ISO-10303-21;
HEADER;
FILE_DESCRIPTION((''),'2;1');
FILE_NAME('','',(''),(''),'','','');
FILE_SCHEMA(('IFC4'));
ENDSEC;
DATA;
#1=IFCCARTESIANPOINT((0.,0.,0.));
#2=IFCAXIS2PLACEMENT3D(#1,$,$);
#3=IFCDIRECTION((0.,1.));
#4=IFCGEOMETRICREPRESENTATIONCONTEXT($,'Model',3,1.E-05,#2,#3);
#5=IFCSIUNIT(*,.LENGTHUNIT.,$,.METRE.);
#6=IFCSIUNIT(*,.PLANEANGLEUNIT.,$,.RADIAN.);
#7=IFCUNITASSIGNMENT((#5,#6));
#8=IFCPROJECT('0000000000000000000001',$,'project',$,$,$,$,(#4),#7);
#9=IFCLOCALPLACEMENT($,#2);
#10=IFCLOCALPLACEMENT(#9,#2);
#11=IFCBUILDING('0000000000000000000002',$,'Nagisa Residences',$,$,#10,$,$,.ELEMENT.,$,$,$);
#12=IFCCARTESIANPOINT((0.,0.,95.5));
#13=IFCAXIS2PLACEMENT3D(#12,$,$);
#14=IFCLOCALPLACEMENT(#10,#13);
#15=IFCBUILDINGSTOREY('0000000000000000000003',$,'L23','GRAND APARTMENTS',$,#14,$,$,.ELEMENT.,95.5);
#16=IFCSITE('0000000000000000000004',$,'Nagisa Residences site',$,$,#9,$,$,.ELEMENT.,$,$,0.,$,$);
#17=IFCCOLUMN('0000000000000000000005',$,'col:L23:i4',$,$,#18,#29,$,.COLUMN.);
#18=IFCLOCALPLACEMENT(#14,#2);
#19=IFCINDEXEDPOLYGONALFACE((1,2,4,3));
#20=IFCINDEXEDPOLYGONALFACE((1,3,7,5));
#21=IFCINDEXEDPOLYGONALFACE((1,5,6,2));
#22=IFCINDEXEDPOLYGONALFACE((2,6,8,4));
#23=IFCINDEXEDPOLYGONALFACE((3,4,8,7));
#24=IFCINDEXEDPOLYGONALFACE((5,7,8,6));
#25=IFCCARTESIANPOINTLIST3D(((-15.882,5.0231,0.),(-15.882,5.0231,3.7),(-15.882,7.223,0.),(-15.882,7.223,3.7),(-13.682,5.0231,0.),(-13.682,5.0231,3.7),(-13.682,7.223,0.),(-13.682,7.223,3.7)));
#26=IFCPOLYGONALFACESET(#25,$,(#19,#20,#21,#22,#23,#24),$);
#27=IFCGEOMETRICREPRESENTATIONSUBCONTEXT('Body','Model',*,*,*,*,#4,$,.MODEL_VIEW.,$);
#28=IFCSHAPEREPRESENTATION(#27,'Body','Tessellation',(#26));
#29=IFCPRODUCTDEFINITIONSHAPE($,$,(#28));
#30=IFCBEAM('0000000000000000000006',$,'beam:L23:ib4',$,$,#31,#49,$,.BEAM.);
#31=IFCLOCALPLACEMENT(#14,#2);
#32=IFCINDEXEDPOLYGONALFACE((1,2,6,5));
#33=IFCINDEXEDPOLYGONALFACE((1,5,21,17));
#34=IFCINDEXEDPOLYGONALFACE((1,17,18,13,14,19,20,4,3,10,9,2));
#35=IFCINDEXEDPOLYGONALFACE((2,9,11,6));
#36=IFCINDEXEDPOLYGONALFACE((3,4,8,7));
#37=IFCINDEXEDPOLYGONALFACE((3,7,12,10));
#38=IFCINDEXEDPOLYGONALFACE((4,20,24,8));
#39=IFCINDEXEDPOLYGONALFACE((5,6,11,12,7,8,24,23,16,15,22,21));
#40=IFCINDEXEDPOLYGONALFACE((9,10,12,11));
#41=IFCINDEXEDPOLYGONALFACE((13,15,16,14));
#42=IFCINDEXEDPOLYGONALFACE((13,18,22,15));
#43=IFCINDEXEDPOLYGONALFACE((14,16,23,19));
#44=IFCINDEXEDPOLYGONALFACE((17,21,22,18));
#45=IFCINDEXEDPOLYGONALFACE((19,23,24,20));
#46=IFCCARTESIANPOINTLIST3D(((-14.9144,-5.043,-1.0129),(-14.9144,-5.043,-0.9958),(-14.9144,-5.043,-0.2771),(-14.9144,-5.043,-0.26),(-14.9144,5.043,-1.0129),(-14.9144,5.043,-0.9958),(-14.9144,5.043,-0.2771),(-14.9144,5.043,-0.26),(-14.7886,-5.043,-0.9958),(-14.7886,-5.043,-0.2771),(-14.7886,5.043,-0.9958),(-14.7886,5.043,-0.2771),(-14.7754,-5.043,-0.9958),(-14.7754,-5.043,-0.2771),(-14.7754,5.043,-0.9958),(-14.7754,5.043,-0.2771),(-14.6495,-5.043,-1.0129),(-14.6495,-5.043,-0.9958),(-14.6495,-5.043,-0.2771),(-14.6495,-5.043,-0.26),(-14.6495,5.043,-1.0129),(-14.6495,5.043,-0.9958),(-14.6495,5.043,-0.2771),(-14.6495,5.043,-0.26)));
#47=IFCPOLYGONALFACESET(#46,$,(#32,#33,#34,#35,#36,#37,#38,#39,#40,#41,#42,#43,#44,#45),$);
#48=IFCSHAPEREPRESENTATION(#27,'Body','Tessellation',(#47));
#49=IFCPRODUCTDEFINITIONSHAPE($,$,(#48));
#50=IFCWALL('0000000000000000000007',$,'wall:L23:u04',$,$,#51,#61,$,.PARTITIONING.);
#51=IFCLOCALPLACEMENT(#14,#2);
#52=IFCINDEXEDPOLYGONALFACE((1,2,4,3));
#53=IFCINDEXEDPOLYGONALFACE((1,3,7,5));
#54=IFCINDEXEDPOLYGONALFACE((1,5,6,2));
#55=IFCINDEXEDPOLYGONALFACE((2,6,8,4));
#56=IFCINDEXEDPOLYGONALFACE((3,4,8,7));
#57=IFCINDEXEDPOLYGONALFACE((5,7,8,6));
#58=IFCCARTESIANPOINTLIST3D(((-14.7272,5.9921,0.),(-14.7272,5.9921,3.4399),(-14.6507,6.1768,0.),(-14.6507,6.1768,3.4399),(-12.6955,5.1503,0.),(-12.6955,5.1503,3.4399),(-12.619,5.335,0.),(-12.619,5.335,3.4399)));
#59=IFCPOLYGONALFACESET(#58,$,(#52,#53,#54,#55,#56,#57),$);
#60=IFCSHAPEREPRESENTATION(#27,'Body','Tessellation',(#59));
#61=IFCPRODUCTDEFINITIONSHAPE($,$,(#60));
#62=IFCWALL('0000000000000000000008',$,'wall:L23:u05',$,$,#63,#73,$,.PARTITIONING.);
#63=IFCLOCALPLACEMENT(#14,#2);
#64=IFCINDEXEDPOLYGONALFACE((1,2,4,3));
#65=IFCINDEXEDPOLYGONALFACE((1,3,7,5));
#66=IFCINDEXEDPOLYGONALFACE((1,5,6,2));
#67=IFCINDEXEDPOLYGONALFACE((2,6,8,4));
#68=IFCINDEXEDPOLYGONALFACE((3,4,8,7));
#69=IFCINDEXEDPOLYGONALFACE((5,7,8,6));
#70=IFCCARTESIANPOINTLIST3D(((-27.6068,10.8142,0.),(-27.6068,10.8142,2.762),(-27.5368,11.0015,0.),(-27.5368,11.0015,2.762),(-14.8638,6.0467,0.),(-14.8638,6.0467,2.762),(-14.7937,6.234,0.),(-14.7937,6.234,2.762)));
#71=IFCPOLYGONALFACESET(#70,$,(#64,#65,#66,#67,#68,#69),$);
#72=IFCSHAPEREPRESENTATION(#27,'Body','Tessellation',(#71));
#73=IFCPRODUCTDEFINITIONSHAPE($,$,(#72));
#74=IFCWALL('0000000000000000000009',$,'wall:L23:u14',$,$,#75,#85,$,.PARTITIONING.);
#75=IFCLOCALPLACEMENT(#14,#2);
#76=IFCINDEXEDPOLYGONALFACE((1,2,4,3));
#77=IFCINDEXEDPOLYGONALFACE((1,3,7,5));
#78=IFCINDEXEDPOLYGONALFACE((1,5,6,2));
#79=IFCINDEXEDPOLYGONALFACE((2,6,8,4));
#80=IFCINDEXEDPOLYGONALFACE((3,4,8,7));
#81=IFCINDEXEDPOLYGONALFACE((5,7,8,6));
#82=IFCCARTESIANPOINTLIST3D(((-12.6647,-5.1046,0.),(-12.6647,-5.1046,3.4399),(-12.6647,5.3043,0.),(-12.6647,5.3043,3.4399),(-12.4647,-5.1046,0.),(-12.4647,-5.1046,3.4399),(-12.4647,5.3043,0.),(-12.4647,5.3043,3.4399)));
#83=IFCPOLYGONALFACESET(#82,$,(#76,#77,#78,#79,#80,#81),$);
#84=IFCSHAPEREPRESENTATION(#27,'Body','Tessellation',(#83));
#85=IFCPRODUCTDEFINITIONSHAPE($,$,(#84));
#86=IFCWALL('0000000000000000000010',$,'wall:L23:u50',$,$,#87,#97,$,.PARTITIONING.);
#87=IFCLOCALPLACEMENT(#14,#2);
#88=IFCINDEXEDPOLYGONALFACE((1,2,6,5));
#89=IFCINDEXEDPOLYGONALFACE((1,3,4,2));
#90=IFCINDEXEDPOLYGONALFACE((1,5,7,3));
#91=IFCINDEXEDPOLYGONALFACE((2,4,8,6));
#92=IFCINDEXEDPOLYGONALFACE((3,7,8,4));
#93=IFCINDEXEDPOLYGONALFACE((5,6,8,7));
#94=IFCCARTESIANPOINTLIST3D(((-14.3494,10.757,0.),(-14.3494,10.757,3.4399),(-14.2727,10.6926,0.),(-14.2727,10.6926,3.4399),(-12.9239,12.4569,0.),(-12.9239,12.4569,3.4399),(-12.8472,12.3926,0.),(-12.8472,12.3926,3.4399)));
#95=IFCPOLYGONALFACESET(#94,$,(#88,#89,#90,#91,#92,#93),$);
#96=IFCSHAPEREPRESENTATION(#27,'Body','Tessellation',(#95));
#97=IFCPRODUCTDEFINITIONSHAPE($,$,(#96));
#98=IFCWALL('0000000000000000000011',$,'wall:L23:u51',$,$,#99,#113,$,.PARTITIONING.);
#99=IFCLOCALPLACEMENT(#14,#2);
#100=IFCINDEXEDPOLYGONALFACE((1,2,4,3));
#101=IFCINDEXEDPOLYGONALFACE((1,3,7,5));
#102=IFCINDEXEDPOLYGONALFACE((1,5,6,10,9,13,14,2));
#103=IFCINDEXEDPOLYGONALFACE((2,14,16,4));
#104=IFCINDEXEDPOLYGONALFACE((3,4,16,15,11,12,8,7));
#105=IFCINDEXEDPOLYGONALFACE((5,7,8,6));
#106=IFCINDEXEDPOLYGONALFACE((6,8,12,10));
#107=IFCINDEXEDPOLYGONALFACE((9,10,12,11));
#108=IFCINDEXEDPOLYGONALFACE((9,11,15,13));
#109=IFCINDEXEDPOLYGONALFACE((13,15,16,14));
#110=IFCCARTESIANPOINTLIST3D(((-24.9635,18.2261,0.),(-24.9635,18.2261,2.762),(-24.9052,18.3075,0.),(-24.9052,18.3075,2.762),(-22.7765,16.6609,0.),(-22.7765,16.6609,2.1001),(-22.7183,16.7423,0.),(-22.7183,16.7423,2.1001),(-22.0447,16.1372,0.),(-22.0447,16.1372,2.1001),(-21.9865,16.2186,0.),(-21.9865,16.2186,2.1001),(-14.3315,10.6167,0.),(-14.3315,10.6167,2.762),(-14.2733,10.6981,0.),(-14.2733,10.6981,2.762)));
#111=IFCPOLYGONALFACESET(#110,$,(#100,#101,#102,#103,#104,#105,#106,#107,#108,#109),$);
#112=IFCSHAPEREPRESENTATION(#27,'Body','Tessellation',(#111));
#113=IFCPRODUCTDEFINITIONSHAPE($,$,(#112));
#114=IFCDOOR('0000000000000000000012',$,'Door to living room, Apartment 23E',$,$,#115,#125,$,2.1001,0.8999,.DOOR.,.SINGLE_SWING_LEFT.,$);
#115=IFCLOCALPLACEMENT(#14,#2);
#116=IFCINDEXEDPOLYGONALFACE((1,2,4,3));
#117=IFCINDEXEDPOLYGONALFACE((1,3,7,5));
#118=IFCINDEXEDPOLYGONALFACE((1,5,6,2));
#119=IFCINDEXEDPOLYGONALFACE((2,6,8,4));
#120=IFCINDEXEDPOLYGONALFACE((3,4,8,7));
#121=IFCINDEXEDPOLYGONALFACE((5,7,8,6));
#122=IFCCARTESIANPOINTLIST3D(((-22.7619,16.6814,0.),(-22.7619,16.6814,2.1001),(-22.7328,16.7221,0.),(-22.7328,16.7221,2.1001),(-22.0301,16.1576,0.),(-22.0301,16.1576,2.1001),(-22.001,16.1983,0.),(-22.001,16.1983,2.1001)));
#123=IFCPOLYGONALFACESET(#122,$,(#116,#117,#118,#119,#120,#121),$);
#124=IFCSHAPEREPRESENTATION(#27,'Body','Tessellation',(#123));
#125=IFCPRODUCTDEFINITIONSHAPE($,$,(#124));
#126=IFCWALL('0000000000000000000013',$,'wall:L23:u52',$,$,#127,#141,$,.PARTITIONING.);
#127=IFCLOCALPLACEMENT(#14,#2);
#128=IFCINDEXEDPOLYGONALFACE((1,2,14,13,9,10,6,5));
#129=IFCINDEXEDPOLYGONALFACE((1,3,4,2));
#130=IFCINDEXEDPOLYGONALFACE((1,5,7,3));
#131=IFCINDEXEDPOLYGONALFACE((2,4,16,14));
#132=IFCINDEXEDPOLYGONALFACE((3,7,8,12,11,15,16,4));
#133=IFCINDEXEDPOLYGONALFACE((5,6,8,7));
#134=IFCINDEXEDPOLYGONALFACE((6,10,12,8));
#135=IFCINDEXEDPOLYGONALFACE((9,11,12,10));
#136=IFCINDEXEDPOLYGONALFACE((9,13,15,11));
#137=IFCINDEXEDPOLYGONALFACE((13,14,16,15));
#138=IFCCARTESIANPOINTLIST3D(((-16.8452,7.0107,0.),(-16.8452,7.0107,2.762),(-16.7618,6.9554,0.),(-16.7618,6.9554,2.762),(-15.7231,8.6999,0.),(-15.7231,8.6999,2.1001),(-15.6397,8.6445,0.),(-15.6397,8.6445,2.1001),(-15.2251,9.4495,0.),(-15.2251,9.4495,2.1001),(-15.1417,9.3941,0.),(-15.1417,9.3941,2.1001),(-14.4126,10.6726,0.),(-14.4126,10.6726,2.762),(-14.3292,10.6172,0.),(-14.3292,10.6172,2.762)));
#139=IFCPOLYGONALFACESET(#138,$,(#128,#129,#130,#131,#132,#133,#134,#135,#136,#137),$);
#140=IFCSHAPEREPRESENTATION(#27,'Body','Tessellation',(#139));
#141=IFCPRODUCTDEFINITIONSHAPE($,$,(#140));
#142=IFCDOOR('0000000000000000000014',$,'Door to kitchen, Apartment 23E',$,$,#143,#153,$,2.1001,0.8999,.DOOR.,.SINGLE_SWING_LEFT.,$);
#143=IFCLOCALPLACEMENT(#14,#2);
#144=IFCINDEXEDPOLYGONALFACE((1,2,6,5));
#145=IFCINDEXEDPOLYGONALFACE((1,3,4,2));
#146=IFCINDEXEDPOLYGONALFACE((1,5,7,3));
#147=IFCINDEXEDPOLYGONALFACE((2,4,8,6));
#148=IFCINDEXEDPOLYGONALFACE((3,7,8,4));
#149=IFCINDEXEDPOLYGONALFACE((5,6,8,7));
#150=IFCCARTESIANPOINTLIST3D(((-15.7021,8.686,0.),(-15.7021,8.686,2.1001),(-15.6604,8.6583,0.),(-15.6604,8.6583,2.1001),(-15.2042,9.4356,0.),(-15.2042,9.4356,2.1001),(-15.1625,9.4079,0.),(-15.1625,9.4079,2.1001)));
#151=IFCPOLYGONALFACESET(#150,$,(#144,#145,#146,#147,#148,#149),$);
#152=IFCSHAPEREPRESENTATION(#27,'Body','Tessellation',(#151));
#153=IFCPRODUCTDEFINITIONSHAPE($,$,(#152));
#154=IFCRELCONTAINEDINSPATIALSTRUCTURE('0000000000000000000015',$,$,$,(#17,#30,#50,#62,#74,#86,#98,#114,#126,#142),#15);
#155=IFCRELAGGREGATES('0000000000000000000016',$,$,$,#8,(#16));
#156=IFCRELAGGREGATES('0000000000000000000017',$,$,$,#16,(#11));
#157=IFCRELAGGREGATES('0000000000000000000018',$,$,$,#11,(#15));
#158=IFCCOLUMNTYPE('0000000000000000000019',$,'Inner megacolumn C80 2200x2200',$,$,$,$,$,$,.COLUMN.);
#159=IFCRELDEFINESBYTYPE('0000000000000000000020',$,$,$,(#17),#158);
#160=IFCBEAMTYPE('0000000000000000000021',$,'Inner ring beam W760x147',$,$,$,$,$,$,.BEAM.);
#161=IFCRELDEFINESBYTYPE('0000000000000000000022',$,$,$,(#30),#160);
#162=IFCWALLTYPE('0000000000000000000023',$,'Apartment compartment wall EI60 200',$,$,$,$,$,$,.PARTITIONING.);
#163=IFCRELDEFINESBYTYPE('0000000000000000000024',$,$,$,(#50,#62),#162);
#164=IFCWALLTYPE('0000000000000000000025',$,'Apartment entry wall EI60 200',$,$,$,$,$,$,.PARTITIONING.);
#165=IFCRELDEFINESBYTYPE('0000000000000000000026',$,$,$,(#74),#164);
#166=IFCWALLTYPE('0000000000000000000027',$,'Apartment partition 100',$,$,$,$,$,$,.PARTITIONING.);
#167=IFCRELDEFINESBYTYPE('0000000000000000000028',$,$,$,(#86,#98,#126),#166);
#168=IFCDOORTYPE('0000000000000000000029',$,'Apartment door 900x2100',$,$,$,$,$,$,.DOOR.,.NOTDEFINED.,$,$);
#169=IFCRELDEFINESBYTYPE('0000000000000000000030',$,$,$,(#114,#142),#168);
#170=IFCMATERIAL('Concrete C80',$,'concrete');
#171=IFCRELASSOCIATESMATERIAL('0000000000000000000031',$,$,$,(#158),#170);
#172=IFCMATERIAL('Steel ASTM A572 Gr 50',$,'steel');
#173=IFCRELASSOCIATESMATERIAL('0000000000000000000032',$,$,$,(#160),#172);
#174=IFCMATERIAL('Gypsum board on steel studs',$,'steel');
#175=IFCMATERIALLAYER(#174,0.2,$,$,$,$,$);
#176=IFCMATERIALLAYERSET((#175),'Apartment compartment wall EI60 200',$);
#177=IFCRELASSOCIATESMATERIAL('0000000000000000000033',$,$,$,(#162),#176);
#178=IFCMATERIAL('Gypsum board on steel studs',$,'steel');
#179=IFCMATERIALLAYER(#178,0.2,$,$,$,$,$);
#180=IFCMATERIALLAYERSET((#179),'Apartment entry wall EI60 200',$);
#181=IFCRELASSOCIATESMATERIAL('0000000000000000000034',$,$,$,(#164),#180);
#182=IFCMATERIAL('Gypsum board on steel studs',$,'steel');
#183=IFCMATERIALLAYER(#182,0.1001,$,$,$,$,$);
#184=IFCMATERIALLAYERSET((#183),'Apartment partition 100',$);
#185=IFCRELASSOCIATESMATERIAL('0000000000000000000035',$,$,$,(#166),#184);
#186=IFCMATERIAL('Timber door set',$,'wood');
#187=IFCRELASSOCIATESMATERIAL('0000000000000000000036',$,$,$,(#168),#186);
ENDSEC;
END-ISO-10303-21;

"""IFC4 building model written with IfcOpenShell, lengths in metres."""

from ifc_helpers import new_model, si_unit, direction, frame, frame_2d, origin, origin_2d, place, context, subcontext, project, spatial, rectangle, i_section, extrude, material, layer, layer_set, material_profile, profile_set, type_object, element, fill, save


model = new_model("IFC4")

# Units and contexts
model_context = context("Model", 3, precision=1e-05, world=origin(), true_north=direction((0.0, 1.0)))
body_context = subcontext(model_context, "Body", "Model", "MODEL_VIEW")
ifc_project = project(units=[si_unit("LENGTHUNIT", "METRE"), si_unit("PLANEANGLEUNIT", "RADIAN")], contexts=[model_context])

# Site, building, storey
site_placement = place(None, origin())
site = spatial("IfcSite", under=ifc_project, at=site_placement, Name="Nagisa Residences site", CompositionType="ELEMENT", RefElevation=0.0)
building_placement = place(site_placement, origin())
building = spatial("IfcBuilding", under=site, at=building_placement, Name="Nagisa Residences", CompositionType="ELEMENT")
storey_placement = place(building_placement, frame((0.0, 0.0, 95.5)))
storey = spatial("IfcBuildingStorey", under=building, at=storey_placement, Name="L23", Description="GRAND APARTMENTS", CompositionType="ELEMENT", Elevation=95.5)

# Column
ifc_material_1 = material(Name="Concrete C80", Category="concrete")
ifc_material_profile_1 = material_profile(ifc_material_1, rectangle(XDim=2.2, YDim=2.2, at=origin_2d()), Name="C80 2200x2200")
ifc_profile_set_1 = profile_set([ifc_material_profile_1], Name="Concrete C80")
column_type = type_object("IfcColumnType", Name="Inner megacolumn C80 2200x2200", PredefinedType="COLUMN", material=ifc_profile_set_1)
column_placement = place(storey_placement, frame((-14.782, 6.123, 0.0), z_axis=(0.0, 0.0, 1.0), x_axis=(1.0, 0.0, 0.0)))
element("IfcColumn", 1, at=column_placement, inside=storey, type_object=column_type, Name="col:L23:i4", PredefinedType="COLUMN", context=body_context, shape_type="SweptSolid", body=[
    extrude(rectangle(XDim=2.2, YDim=2.2, at=origin_2d()), origin(), (0.0, 0.0, 1.0), 3.7),
])

# Beam
ifc_material_2 = material(Name="Steel ASTM A572 Gr 50", Category="steel")
ifc_material_profile_2 = material_profile(ifc_material_2, i_section(OverallWidth=0.2649, OverallDepth=0.7529, WebThickness=0.0132, FlangeThickness=0.0171, at=origin_2d()), Name="W760x147")
ifc_profile_set_2 = profile_set([ifc_material_profile_2], Name="Steel ASTM A572 Gr 50")
beam_type = type_object("IfcBeamType", Name="Inner ring beam W760x147", PredefinedType="BEAM", material=ifc_profile_set_2)
beam_placement = place(storey_placement, frame((-14.782, 5.043, -0.6365), z_axis=(0.0, -1.0, 0.0), x_axis=(1.0, 0.0, 0.0)))
element("IfcBeam", 2, at=beam_placement, inside=storey, type_object=beam_type, Name="beam:L23:ib4", PredefinedType="BEAM", context=body_context, shape_type="SweptSolid", body=[
    extrude(i_section(OverallWidth=0.2649, OverallDepth=0.7529, WebThickness=0.0132, FlangeThickness=0.0171, at=origin_2d()), origin(), (0.0, 0.0, 1.0), 10.0859),
])

# Walls
ifc_material_3 = material(Name="Gypsum board on steel studs", Category="steel")
ifc_layer_1 = layer(ifc_material_3, 0.2)
ifc_layer_set_1 = layer_set([ifc_layer_1], Name="Apartment compartment wall EI60 200")
wall_type_1 = type_object("IfcWallType", Name="Apartment compartment wall EI60 200", PredefinedType="PARTITIONING", material=ifc_layer_set_1)
wall_1_placement = place(storey_placement, frame((-12.6572, 5.2427, 0.0), z_axis=(0.0, 0.0, 1.0), x_axis=(-0.923844, 0.38277, 0.0)))
element("IfcWall", 3, at=wall_1_placement, inside=storey, type_object=wall_type_1, Name="wall:L23:u04", PredefinedType="PARTITIONING", context=body_context, shape_type="SweptSolid", body=[
    extrude(rectangle(XDim=2.1992, YDim=0.2, at=frame_2d((1.0996, 0.0))), origin(), (0.0, 0.0, 1.0), 3.4399),
])
wall_2_placement = place(storey_placement, frame((-14.8289, 6.1404, 0.0), z_axis=(0.0, 0.0, 1.0), x_axis=(-0.936597, 0.350408, 0.0)))
element("IfcWall", 4, at=wall_2_placement, inside=storey, type_object=wall_type_1, Name="wall:L23:u05", PredefinedType="PARTITIONING", context=body_context, shape_type="SweptSolid", body=[
    extrude(rectangle(XDim=13.6057, YDim=0.2, at=frame_2d((6.8027, 0.0))), origin(), (0.0, 0.0, 1.0), 2.762),
])
ifc_material_4 = material(Name="Gypsum board on steel studs", Category="steel")
ifc_layer_2 = layer(ifc_material_4, 0.2)
ifc_layer_set_2 = layer_set([ifc_layer_2], Name="Apartment entry wall EI60 200")
wall_type_2 = type_object("IfcWallType", Name="Apartment entry wall EI60 200", PredefinedType="PARTITIONING", material=ifc_layer_set_2)
wall_3_placement = place(storey_placement, frame((-12.5647, 5.3044, 0.0), z_axis=(0.0, 0.0, 1.0), x_axis=(0.0, -1.0, 0.0)))
element("IfcWall", 5, at=wall_3_placement, inside=storey, type_object=wall_type_2, Name="wall:L23:u14", PredefinedType="PARTITIONING", context=body_context, shape_type="SweptSolid", body=[
    extrude(rectangle(XDim=10.4089, YDim=0.2, at=frame_2d((5.2046, 0.0))), origin(), (0.0, 0.0, 1.0), 3.4399),
])
ifc_material_5 = material(Name="Gypsum board on steel studs", Category="steel")
ifc_layer_3 = layer(ifc_material_5, 0.1001)
ifc_layer_set_3 = layer_set([ifc_layer_3], Name="Apartment partition 100")
wall_type_3 = type_object("IfcWallType", Name="Apartment partition 100", PredefinedType="PARTITIONING", material=ifc_layer_set_3)
wall_4_placement = place(storey_placement, frame((-12.8855, 12.4248, 0.0), z_axis=(0.0, 0.0, 1.0), x_axis=(-0.642552, -0.766242, 0.0)))
element("IfcWall", 6, at=wall_4_placement, inside=storey, type_object=wall_type_3, Name="wall:L23:u50", PredefinedType="PARTITIONING", context=body_context, shape_type="SweptSolid", body=[
    extrude(rectangle(XDim=2.2185, YDim=0.1001, at=frame_2d((1.1094, 0.0))), origin(), (0.0, 0.0, 1.0), 3.4399),
])

# Walls, openings, doors
wall_5_placement = place(storey_placement, frame((-14.3025, 10.6575, 0.0), z_axis=(0.0, 0.0, 1.0), x_axis=(-0.813183, 0.582008, 0.0)))
wall_5 = element("IfcWall", 7, at=wall_5_placement, inside=storey, type_object=wall_type_3, Name="wall:L23:u51", PredefinedType="PARTITIONING", context=body_context, shape_type="SweptSolid", body=[
    extrude(rectangle(XDim=13.0745, YDim=0.1001, at=frame_2d((6.5371, 0.0))), origin(), (0.0, 0.0, 1.0), 2.762),
])
opening_1_placement = place(wall_5_placement, frame((9.4851, 0.0, 0.0)))
opening_1 = element("IfcOpeningElement", 8, at=opening_1_placement, cuts=wall_5, PredefinedType="OPENING", context=body_context, shape_type="SweptSolid", body=[
    extrude(rectangle(XDim=0.8999, YDim=2.1001, at=frame_2d((0.45, 1.05))), frame((0.0, 0.0601, 0.0), z_axis=(0.0, -1.0, 0.0), x_axis=(1.0, 0.0, 0.0)), (0.0, 0.0, 1.0), 0.1201),
])
ifc_material_6 = material(Name="Timber door set", Category="wood")
door_type_1 = type_object("IfcDoorType", Name="Apartment door 900x2100", OperationType="NOTDEFINED", PredefinedType="DOOR", material=ifc_material_6)
door_1_placement = place(opening_1_placement, origin())
door_1 = element("IfcDoor", 9, at=door_1_placement, inside=storey, type_object=door_type_1, Name="Door to living room, Apartment 23E", OperationType="SINGLE_SWING_LEFT", OverallHeight=2.1001, OverallWidth=0.8999, PredefinedType="DOOR", context=body_context, shape_type="SweptSolid", body=[
    extrude(rectangle(XDim=0.8999, YDim=2.1001, at=frame_2d((0.45, 1.05))), frame((0.0, 0.0249, 0.0), z_axis=(0.0, -1.0, 0.0), x_axis=(1.0, 0.0, 0.0)), (0.0, 0.0, 1.0), 0.05),
])
fill(opening_1, door_1)
wall_6_placement = place(storey_placement, frame((-14.3708, 10.645, 0.0), z_axis=(0.0, 0.0, 1.0), x_axis=(-0.553341, -0.832955, 0.0)))
wall_6 = element("IfcWall", 10, at=wall_6_placement, inside=storey, type_object=wall_type_3, Name="wall:L23:u52", PredefinedType="PARTITIONING", context=body_context, shape_type="SweptSolid", body=[
    extrude(rectangle(XDim=4.3962, YDim=0.1001, at=frame_2d((2.1982, 0.0))), origin(), (0.0, 0.0, 1.0), 2.762),
])
opening_2_placement = place(wall_6_placement, frame((1.4685, 0.0, 0.0)))
opening_2 = element("IfcOpeningElement", 11, at=opening_2_placement, cuts=wall_6, PredefinedType="OPENING", context=body_context, shape_type="SweptSolid", body=[
    extrude(rectangle(XDim=0.8999, YDim=2.1001, at=frame_2d((0.45, 1.05))), frame((0.0, 0.0601, 0.0), z_axis=(0.0, -1.0, 0.0), x_axis=(1.0, 0.0, 0.0)), (0.0, 0.0, 1.0), 0.1201),
])
door_2_placement = place(opening_2_placement, frame((0.8999, 0.0, 0.0), x_axis=(-1.0, 0.0, 0.0)))
door_2 = element("IfcDoor", 12, at=door_2_placement, inside=storey, type_object=door_type_1, Name="Door to kitchen, Apartment 23E", OperationType="SINGLE_SWING_LEFT", OverallHeight=2.1001, OverallWidth=0.8999, PredefinedType="DOOR", context=body_context, shape_type="SweptSolid", body=[
    extrude(rectangle(XDim=0.8999, YDim=2.1001, at=frame_2d((0.45, 1.05))), frame((0.0, 0.0249, 0.0), z_axis=(0.0, -1.0, 0.0), x_axis=(1.0, 0.0, 0.0)), (0.0, 0.0, 1.0), 0.05),
])
fill(opening_2, door_2)

save(model, "model.ifc")
